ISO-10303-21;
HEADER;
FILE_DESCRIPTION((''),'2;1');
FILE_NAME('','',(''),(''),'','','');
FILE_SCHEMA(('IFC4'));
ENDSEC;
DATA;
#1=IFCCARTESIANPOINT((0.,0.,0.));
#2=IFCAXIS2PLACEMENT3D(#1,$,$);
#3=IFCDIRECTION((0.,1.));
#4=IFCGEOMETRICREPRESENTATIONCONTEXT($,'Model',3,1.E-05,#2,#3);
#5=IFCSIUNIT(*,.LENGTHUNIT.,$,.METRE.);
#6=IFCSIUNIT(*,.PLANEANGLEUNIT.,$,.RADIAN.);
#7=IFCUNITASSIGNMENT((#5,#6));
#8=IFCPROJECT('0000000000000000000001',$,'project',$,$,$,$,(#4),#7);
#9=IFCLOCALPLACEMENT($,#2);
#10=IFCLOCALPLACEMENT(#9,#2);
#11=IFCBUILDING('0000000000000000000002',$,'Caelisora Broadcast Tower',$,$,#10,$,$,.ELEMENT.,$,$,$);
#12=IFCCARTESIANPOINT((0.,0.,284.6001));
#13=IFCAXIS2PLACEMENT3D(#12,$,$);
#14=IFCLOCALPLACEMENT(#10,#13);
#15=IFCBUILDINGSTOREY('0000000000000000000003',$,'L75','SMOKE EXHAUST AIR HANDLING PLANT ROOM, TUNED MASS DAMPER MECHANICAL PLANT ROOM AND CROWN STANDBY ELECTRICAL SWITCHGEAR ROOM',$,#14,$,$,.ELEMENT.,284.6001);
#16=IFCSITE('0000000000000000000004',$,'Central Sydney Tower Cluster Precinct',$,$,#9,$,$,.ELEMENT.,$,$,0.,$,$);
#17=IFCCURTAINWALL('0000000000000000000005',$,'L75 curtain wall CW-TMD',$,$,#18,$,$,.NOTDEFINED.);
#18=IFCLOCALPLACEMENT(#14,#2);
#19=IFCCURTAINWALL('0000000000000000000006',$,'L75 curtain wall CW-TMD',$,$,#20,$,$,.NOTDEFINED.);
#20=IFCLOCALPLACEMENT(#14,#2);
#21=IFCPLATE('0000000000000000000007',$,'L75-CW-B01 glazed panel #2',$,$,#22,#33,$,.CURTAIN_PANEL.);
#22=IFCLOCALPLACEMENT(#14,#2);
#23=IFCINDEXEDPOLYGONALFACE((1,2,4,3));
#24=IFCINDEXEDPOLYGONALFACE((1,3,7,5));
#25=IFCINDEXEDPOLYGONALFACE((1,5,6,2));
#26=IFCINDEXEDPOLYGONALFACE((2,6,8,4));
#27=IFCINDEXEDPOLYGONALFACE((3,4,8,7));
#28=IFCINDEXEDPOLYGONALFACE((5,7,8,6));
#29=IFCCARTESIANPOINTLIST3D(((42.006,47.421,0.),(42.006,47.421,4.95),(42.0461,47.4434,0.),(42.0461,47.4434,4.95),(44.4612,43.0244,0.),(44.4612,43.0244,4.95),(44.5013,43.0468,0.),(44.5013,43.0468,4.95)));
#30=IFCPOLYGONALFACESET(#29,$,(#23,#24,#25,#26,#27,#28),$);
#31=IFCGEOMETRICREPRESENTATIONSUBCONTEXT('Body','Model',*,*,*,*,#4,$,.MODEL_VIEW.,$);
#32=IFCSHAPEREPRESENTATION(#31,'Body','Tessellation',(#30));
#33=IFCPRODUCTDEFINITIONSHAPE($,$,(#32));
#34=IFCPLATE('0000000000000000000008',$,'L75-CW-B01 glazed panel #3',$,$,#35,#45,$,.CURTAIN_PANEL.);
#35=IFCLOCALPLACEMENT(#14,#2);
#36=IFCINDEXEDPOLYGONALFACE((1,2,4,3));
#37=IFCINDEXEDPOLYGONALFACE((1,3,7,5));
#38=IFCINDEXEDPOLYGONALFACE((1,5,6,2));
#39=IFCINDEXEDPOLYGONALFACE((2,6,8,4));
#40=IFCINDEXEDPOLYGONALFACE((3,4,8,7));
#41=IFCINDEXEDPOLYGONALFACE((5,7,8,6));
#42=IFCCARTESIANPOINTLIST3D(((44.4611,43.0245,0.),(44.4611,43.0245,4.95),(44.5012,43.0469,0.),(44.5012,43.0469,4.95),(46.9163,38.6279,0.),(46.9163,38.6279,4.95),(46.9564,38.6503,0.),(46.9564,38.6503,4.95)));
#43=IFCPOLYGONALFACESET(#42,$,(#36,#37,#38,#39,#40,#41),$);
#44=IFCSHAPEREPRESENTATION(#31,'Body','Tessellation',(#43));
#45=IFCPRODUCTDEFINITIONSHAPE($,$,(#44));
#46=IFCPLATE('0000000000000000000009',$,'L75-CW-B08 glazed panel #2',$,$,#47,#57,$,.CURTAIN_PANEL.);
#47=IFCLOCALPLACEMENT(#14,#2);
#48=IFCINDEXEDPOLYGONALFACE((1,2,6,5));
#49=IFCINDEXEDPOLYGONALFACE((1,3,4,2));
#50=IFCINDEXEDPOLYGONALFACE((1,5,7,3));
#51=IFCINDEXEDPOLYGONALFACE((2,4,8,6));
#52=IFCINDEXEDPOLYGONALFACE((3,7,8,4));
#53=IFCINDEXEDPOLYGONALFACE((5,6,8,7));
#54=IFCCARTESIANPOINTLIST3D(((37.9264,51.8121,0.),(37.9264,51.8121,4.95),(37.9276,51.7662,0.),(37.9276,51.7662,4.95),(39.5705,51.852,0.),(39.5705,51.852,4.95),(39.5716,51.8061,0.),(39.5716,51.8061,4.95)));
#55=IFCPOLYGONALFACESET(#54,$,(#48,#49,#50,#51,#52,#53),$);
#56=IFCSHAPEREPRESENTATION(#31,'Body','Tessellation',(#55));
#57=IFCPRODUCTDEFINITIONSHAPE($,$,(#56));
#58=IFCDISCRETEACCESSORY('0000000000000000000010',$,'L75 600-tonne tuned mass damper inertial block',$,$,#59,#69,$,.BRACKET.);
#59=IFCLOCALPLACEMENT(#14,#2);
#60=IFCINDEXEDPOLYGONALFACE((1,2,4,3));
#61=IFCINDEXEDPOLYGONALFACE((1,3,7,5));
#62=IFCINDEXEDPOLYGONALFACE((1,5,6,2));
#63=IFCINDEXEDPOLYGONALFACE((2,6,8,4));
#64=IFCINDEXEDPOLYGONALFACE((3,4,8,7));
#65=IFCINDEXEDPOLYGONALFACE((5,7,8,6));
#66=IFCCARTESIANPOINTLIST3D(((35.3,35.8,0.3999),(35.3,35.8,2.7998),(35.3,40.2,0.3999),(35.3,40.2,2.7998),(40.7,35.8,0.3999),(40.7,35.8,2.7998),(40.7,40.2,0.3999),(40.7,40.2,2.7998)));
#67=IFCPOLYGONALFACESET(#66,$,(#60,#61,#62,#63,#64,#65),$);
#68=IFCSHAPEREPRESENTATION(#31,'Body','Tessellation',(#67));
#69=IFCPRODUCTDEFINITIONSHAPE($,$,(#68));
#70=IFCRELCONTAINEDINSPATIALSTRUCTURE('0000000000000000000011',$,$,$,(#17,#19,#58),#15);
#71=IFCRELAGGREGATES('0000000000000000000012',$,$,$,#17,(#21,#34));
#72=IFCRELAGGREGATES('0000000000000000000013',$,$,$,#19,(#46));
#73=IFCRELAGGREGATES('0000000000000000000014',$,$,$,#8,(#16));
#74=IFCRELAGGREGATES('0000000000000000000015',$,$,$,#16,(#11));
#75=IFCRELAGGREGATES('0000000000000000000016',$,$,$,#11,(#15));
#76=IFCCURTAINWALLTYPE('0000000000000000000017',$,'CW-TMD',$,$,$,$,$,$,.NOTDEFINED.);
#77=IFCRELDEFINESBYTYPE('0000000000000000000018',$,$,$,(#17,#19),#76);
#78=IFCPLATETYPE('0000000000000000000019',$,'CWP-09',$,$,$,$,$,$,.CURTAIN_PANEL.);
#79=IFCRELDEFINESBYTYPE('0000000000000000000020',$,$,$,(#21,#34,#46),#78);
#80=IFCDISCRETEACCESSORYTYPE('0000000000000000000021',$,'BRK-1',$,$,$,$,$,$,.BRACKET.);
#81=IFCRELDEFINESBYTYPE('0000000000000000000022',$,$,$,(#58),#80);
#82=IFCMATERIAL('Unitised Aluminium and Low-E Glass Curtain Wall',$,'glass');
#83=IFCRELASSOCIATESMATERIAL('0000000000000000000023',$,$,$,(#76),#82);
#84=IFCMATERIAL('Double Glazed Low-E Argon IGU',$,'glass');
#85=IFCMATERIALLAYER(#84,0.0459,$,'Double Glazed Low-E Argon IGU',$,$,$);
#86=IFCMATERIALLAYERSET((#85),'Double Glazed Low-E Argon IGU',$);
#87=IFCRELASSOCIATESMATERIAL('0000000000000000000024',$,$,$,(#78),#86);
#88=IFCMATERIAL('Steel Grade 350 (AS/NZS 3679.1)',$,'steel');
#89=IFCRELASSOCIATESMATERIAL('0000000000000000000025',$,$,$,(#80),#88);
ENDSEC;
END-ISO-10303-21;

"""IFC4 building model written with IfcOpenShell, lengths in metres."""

from ifc_helpers import new_model, si_unit, direction, frame, origin, origin_2d, place, context, subcontext, project, spatial, rectangle, extrude, source, transform, mapped, material, layer, layer_set, type_object, type_shapes, element, aggregate, save


model = new_model("IFC4")

# Units and contexts
model_context = context("Model", 3, precision=1e-05, world=origin(), true_north=direction((0.0, 1.0)))
body_context = subcontext(model_context, "Body", "Model", "MODEL_VIEW")
ifc_project = project(units=[si_unit("LENGTHUNIT", "METRE"), si_unit("PLANEANGLEUNIT", "RADIAN")], contexts=[model_context])

# Site, building, storey
site_placement = place(None, origin())
site = spatial("IfcSite", under=ifc_project, at=site_placement, Name="Central Sydney Tower Cluster Precinct", CompositionType="ELEMENT", RefElevation=0.0)
building_placement = place(site_placement, origin())
building = spatial("IfcBuilding", under=site, at=building_placement, Name="Caelisora Broadcast Tower", CompositionType="ELEMENT")
storey_placement = place(building_placement, frame((0.0, 0.0, 284.6001)))
storey = spatial("IfcBuildingStorey", under=building, at=storey_placement, Name="L75", Description="SMOKE EXHAUST AIR HANDLING PLANT ROOM, TUNED MASS DAMPER MECHANICAL PLANT ROOM AND CROWN STANDBY ELECTRICAL SWITCHGEAR ROOM", CompositionType="ELEMENT", Elevation=284.6001)

# Shared definitions
ifc_material_1 = material(Name="Steel Grade 350 (AS/NZS 3679.1)", Category="steel")

# Curtain wall
ifc_material_2 = material(Name="Unitised Aluminium and Low-E Glass Curtain Wall", Category="glass")
curtain_wall_type = type_object("IfcCurtainWallType", Name="CW-TMD", PredefinedType="NOTDEFINED", material=ifc_material_2)
curtain_wall_1_placement = place(storey_placement, origin())
curtain_wall_1 = element("IfcCurtainWall", 1, at=curtain_wall_1_placement, inside=storey, type_object=curtain_wall_type, Name="L75 curtain wall CW-TMD", PredefinedType="NOTDEFINED")

# Curtain wall
curtain_wall_2_placement = place(storey_placement, origin())
curtain_wall_2 = element("IfcCurtainWall", 2, at=curtain_wall_2_placement, inside=storey, type_object=curtain_wall_type, Name="L75 curtain wall CW-TMD", PredefinedType="NOTDEFINED")

# Plates
ifc_material_3 = material(Name="Double Glazed Low-E Argon IGU", Category="glass")
ifc_layer_1 = layer(ifc_material_3, 0.0459, Name="Double Glazed Low-E Argon IGU")
ifc_layer_set_1 = layer_set([ifc_layer_1], Name="Double Glazed Low-E Argon IGU")
plate_type_1 = type_object("IfcPlateType", Name="CWP-09", PredefinedType="CURTAIN_PANEL", material=ifc_layer_set_1)
shared_shape_1 = source(origin(), body_context, "Body", "SweptSolid", [
    extrude(rectangle(XDim=5.0356, YDim=0.0459, at=origin_2d()), origin(), (0.0, 0.0, 1.0), 4.95),
])
plate_1_placement = place(storey_placement, frame((43.2537, 45.2339, 0.0), z_axis=(0.0, 0.0, 1.0), x_axis=(0.487555, -0.873092, 0.0)))
plate_1 = element("IfcPlate", 3, at=plate_1_placement, type_object=plate_type_1, Name="L75-CW-B01 glazed panel #2", PredefinedType="CURTAIN_PANEL", context=body_context, shape_type="MappedRepresentation", body=[
    mapped(shared_shape_1, transform((0.0, 0.0, 0.0), scale=1.0)),
])
plate_2_placement = place(storey_placement, frame((45.7087, 40.8374, 0.0), z_axis=(0.0, 0.0, 1.0), x_axis=(0.487555, -0.873092, 0.0)))
plate_2 = element("IfcPlate", 4, at=plate_2_placement, type_object=plate_type_1, Name="L75-CW-B01 glazed panel #3", PredefinedType="CURTAIN_PANEL", context=body_context, shape_type="MappedRepresentation", body=[
    mapped(shared_shape_1, transform((0.0, 0.0, 0.0), scale=1.0)),
])
aggregate(curtain_wall_1, [plate_1, plate_2])
shared_shape_2 = source(origin(), body_context, "Body", "SweptSolid", [
    extrude(rectangle(XDim=1.6445, YDim=0.0459, at=origin_2d()), origin(), (0.0, 0.0, 1.0), 4.95),
])
type_shapes(plate_type_1, [shared_shape_1, shared_shape_2])
plate_3_placement = place(storey_placement, frame((38.749, 51.8091, 0.0), z_axis=(0.0, 0.0, 1.0), x_axis=(0.999706, 0.024258, 0.0)))
plate_3 = element("IfcPlate", 5, at=plate_3_placement, type_object=plate_type_1, Name="L75-CW-B08 glazed panel #2", PredefinedType="CURTAIN_PANEL", context=body_context, shape_type="MappedRepresentation", body=[
    mapped(shared_shape_2, transform((0.0, 0.0, 0.0), scale=1.0)),
])
aggregate(curtain_wall_2, [plate_3])

# Discrete accessory
discrete_accessory_type = type_object("IfcDiscreteAccessoryType", Name="BRK-1", PredefinedType="BRACKET", material=ifc_material_1)
shared_shape_3 = source(origin(), body_context, "Body", "SweptSolid", [
    extrude(rectangle(XDim=5.3999, YDim=4.3999, at=origin_2d()), origin(), (0.0, 0.0, 1.0), 2.3999),
])
type_shapes(discrete_accessory_type, [shared_shape_3])
discrete_accessory_placement = place(storey_placement, frame((38.0, 38.0, 0.3999), z_axis=(0.0, 0.0, 1.0), x_axis=(1.0, 0.0, 0.0)))
element("IfcDiscreteAccessory", 6, at=discrete_accessory_placement, inside=storey, type_object=discrete_accessory_type, Name="L75 600-tonne tuned mass damper inertial block", PredefinedType="BRACKET", context=body_context, shape_type="MappedRepresentation", body=[
    mapped(shared_shape_3, transform((0.0, 0.0, 0.0), scale=1.0)),
])

save(model, "model.ifc")
